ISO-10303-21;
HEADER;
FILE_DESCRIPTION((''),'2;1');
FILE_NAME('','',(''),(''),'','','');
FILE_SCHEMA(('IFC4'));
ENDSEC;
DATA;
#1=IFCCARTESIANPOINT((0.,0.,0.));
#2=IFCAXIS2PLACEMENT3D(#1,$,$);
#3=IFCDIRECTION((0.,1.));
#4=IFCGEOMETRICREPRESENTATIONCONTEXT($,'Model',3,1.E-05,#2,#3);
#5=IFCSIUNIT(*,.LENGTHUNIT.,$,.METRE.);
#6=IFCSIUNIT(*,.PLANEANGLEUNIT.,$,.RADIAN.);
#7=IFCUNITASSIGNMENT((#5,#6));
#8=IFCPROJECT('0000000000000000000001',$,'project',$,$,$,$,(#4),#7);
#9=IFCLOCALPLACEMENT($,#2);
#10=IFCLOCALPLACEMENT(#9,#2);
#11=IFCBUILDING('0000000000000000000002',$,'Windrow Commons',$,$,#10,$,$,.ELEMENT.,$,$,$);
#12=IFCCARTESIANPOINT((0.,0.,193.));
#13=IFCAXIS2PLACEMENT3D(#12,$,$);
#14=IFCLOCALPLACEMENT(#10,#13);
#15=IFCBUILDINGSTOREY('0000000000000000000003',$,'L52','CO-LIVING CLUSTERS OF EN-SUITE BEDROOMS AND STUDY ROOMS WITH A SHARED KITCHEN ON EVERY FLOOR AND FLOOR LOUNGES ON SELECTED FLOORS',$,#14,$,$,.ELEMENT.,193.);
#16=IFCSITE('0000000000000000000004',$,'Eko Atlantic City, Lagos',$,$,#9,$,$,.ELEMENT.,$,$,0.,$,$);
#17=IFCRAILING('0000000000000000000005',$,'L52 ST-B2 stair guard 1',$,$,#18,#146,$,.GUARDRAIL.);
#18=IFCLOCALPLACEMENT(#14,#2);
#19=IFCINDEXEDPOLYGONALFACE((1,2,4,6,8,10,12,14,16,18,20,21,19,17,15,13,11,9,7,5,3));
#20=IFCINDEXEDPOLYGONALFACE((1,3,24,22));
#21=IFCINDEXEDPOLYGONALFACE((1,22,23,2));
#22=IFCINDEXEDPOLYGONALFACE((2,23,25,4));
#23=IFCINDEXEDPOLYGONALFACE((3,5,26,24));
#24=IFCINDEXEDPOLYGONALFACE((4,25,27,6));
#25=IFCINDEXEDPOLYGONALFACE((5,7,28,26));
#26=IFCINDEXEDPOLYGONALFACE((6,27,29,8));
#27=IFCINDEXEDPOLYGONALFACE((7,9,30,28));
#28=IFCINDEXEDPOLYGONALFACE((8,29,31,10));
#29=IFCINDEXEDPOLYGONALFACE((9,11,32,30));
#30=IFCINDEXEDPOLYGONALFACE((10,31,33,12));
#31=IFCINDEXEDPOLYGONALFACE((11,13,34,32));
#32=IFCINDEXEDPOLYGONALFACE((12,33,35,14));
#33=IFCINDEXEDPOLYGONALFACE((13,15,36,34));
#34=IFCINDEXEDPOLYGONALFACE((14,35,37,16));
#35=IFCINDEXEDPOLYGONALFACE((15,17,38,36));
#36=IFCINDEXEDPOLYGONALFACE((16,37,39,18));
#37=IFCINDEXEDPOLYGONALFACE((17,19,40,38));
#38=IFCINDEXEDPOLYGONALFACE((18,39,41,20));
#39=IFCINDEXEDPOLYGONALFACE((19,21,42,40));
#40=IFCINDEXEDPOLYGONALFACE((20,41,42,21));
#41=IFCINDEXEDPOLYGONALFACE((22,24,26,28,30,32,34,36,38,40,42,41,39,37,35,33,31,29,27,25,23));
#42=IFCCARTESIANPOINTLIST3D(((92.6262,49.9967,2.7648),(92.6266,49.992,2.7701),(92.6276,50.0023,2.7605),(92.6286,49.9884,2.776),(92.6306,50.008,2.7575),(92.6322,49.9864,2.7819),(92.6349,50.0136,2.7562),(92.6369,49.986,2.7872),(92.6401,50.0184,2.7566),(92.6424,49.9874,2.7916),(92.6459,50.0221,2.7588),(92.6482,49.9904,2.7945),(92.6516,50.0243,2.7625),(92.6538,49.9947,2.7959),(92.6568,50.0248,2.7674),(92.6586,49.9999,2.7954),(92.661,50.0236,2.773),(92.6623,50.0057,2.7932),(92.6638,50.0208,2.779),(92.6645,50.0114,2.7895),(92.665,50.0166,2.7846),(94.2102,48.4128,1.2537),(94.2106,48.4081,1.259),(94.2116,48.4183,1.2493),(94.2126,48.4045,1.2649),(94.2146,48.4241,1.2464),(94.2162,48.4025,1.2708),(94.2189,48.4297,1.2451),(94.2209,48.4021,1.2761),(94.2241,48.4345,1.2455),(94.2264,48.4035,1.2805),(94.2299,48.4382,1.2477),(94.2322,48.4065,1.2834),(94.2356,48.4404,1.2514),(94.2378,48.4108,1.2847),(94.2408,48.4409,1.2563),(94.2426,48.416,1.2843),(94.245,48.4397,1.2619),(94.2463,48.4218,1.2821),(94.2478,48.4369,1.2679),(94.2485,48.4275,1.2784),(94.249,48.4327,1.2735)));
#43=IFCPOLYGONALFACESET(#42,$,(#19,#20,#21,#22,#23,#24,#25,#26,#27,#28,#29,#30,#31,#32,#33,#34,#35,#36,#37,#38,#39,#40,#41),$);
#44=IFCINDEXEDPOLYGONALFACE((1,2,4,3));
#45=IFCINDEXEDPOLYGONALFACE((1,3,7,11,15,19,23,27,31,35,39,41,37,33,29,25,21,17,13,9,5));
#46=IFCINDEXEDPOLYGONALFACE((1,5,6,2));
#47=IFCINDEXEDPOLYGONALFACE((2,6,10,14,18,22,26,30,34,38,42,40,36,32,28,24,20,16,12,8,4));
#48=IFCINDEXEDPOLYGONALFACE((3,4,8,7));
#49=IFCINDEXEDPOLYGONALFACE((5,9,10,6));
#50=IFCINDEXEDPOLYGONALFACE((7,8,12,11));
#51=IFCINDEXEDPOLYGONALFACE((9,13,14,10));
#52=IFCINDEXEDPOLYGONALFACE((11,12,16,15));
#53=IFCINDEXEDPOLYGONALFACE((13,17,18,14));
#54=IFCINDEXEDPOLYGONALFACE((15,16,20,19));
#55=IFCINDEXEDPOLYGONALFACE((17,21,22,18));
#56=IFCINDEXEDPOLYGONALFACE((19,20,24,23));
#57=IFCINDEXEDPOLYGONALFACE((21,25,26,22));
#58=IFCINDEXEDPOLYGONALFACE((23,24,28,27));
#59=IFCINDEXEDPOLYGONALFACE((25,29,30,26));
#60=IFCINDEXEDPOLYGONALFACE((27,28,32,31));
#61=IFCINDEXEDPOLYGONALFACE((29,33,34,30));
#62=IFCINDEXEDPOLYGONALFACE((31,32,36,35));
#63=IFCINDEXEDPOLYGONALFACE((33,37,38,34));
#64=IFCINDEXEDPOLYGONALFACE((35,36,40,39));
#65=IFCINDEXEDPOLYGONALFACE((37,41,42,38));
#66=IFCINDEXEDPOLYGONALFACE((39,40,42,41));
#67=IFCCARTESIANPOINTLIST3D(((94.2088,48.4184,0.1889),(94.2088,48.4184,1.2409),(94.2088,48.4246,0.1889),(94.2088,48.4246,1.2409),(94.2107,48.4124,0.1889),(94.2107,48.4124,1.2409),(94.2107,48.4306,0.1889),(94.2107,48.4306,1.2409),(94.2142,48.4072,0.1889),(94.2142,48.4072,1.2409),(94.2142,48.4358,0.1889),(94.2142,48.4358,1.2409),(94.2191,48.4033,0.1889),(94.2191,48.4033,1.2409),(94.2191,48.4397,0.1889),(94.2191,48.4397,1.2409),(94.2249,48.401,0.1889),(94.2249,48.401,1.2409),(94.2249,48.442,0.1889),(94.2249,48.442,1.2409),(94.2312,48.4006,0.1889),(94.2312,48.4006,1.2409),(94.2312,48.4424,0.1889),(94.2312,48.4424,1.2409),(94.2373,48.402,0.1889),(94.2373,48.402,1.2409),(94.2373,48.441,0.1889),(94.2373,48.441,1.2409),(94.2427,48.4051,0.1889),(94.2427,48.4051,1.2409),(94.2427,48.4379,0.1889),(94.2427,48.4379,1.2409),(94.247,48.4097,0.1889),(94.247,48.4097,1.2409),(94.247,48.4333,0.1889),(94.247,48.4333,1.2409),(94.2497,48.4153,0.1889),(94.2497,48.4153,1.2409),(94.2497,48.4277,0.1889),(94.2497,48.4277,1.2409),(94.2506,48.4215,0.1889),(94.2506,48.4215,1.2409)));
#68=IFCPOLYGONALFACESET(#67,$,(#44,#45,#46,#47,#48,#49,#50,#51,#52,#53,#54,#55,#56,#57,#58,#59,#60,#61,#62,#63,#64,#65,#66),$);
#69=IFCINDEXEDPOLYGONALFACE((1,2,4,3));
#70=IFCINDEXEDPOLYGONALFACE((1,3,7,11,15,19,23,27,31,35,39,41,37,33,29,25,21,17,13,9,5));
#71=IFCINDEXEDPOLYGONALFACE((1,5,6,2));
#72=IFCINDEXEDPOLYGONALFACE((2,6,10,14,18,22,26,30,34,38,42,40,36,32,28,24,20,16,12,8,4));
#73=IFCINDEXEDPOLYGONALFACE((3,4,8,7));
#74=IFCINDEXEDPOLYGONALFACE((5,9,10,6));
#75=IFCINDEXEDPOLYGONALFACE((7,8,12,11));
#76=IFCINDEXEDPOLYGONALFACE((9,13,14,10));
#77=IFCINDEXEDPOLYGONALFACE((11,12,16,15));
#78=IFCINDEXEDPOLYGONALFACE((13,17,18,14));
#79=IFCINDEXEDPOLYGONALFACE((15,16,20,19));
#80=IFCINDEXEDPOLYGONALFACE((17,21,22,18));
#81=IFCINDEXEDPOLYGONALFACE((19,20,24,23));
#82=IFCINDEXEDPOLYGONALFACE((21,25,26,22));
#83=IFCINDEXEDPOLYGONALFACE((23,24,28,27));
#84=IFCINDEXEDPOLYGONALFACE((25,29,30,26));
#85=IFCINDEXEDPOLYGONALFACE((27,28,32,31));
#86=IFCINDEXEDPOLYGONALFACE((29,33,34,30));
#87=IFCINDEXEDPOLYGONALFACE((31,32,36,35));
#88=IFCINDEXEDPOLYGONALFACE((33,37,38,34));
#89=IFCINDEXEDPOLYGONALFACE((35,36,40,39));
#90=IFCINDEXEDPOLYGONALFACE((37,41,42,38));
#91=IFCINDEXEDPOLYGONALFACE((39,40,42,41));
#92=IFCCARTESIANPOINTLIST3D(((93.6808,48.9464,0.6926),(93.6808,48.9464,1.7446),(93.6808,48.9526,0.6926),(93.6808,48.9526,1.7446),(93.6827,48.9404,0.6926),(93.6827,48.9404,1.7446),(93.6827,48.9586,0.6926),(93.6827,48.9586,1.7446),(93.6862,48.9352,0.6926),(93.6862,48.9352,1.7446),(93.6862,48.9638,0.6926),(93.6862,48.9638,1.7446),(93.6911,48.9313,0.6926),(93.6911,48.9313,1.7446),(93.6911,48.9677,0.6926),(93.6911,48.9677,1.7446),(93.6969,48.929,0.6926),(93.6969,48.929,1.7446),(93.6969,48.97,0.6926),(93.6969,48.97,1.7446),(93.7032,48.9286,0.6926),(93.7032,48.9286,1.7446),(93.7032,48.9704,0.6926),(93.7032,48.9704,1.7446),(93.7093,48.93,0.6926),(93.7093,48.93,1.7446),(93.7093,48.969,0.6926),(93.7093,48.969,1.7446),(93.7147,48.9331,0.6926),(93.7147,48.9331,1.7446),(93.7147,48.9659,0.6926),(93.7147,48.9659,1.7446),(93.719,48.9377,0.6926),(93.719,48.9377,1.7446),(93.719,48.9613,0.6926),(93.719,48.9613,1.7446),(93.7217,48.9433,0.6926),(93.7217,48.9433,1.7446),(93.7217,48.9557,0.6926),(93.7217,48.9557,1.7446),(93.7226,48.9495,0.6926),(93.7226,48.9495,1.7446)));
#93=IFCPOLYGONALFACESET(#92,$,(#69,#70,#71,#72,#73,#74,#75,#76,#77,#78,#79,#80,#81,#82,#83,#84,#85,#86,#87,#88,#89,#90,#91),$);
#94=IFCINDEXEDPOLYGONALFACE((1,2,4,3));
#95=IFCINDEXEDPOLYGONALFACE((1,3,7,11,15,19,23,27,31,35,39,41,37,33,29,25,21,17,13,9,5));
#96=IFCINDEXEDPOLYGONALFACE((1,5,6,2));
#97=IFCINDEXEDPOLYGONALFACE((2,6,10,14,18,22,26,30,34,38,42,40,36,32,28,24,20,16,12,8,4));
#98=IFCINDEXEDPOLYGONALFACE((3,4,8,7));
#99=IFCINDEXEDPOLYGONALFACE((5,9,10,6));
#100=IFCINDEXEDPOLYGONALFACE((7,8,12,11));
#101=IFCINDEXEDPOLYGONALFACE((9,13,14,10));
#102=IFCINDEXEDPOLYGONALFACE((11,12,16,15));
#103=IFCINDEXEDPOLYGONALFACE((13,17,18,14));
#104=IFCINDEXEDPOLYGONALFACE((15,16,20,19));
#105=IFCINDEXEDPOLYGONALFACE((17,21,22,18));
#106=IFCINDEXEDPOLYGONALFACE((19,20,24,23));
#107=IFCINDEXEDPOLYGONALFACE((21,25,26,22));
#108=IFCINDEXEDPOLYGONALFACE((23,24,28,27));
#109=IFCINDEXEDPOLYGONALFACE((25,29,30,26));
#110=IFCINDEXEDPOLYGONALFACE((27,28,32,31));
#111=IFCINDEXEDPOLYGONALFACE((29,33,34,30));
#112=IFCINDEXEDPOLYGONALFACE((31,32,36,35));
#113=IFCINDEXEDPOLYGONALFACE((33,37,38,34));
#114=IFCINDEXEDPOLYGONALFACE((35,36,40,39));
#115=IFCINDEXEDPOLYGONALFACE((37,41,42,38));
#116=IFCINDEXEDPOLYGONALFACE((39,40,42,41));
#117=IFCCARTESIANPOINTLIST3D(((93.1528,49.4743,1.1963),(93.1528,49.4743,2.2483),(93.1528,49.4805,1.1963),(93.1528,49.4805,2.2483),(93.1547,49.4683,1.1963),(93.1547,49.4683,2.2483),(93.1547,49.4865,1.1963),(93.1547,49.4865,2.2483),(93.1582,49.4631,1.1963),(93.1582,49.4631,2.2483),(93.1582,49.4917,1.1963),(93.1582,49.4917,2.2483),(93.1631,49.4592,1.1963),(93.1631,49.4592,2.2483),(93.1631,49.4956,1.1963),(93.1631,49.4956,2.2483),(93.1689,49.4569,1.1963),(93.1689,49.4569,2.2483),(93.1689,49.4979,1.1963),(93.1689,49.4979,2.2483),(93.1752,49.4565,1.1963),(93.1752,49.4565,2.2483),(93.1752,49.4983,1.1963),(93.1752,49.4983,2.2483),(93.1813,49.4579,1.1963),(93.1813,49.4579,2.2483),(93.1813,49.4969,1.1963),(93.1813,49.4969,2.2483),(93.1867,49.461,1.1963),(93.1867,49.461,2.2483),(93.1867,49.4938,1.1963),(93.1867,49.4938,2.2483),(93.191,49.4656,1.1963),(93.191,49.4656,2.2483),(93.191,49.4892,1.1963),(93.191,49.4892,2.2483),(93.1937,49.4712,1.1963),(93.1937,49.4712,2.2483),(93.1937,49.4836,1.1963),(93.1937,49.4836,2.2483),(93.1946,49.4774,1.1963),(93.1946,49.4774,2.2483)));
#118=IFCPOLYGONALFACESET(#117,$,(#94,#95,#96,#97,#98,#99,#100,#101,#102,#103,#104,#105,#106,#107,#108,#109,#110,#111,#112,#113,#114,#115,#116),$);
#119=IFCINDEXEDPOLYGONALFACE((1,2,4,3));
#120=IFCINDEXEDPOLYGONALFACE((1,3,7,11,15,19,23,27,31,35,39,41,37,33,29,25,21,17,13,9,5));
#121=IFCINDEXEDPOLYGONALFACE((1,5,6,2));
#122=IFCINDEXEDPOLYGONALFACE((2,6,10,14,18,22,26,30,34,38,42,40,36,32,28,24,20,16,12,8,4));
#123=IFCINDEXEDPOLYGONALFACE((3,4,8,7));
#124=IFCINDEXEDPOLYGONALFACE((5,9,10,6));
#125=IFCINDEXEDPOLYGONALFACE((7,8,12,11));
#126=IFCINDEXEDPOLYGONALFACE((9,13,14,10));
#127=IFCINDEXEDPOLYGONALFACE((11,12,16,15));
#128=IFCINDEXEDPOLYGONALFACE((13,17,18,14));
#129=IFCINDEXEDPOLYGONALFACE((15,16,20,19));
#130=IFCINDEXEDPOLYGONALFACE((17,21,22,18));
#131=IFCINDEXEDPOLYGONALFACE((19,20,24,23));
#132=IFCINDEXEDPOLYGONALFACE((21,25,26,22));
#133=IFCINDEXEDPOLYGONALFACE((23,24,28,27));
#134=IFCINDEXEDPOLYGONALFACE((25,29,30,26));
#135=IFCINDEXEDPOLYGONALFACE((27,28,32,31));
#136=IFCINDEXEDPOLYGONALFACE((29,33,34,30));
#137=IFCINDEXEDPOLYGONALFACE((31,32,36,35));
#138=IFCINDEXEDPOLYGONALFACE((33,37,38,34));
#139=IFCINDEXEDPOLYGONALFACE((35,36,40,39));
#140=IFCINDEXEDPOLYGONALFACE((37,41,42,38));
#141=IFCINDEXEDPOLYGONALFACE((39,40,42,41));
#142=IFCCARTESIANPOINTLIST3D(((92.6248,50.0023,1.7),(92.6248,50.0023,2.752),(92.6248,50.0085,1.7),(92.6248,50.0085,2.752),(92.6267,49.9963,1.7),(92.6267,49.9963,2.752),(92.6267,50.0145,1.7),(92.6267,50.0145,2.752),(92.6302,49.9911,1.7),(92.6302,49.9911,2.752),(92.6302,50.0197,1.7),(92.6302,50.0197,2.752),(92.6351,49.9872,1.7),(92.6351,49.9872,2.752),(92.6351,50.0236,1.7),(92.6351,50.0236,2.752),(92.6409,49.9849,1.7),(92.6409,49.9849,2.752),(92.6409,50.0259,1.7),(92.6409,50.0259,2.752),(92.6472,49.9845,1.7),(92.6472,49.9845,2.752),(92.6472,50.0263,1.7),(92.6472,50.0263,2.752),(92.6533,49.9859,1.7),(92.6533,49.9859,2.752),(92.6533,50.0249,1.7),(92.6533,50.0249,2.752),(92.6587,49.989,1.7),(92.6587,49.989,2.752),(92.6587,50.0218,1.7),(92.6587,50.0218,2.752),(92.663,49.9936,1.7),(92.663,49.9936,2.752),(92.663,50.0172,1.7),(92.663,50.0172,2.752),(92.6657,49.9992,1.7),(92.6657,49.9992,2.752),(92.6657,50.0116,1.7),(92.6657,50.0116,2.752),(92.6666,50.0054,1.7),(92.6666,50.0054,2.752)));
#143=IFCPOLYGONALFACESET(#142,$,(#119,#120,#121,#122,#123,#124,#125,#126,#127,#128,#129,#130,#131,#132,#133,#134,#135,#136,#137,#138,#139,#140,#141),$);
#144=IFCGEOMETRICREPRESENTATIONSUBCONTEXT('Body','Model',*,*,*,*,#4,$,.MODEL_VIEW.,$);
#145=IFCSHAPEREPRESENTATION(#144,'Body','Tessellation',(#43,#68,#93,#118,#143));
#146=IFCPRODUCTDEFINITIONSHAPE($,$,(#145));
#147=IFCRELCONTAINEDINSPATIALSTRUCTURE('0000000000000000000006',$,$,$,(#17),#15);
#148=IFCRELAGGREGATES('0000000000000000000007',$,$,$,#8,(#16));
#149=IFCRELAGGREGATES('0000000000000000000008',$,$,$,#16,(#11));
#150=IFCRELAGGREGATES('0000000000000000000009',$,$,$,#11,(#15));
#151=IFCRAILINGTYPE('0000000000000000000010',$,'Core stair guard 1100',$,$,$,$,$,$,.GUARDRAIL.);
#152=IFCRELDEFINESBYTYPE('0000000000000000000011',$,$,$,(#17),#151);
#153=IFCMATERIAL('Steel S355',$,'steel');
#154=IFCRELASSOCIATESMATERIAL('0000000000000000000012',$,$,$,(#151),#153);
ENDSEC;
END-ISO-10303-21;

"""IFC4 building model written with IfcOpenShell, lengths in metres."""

from ifc_helpers import new_model, si_unit, direction, frame, origin, origin_2d, place, context, subcontext, project, spatial, circle, extrude, material, type_object, element, save


model = new_model("IFC4")

# Units and contexts
model_context = context("Model", 3, precision=1e-05, world=origin(), true_north=direction((0.0, 1.0)))
body_context = subcontext(model_context, "Body", "Model", "MODEL_VIEW")
ifc_project = project(units=[si_unit("LENGTHUNIT", "METRE"), si_unit("PLANEANGLEUNIT", "RADIAN")], contexts=[model_context])

# Site, building, storey
site_placement = place(None, origin())
site = spatial("IfcSite", under=ifc_project, at=site_placement, Name="Eko Atlantic City, Lagos", CompositionType="ELEMENT", RefElevation=0.0)
building_placement = place(site_placement, origin())
building = spatial("IfcBuilding", under=site, at=building_placement, Name="Windrow Commons", CompositionType="ELEMENT")
storey_placement = place(building_placement, frame((0.0, 0.0, 193.0)))
storey = spatial("IfcBuildingStorey", under=building, at=storey_placement, Name="L52", Description="CO-LIVING CLUSTERS OF EN-SUITE BEDROOMS AND STUDY ROOMS WITH A SHARED KITCHEN ON EVERY FLOOR AND FLOOR LOUNGES ON SELECTED FLOORS", CompositionType="ELEMENT", Elevation=193.0)

# Railing
ifc_material_1 = material(Name="Steel S355", Category="steel")
railing_type_1 = type_object("IfcRailingType", Name="Core stair guard 1100", PredefinedType="GUARDRAIL", material=ifc_material_1)
railing_1_placement = place(storey_placement, frame((94.2296, 48.4215, 0.1889)))
element("IfcRailing", 1, at=railing_1_placement, inside=storey, type_object=railing_type_1, Name="L52 ST-B2 stair guard 1", PredefinedType="GUARDRAIL", context=body_context, shape_type="SweptSolid", body=[
    extrude(circle(Radius=0.024, at=origin_2d()), frame((0.0, 0.0, 1.076), z_axis=(-0.586216, 0.586179, 0.559237), x_axis=(-0.707084, -0.707129, 0.0)), (0.0, 0.0, 1.0), 2.7021),
    extrude(circle(Radius=0.021, at=origin_2d()), origin(), (0.0, 0.0, 1.0), 1.052),
    extrude(circle(Radius=0.021, at=origin_2d()), frame((-0.528, 0.528, 0.5037)), (0.0, 0.0, 1.0), 1.052),
    extrude(circle(Radius=0.021, at=origin_2d()), frame((-1.056, 1.0559, 1.0074)), (0.0, 0.0, 1.0), 1.052),
    extrude(circle(Radius=0.021, at=origin_2d()), frame((-1.584, 1.5839, 1.5111)), (0.0, 0.0, 1.0), 1.052),
])

save(model, "model.ifc")
